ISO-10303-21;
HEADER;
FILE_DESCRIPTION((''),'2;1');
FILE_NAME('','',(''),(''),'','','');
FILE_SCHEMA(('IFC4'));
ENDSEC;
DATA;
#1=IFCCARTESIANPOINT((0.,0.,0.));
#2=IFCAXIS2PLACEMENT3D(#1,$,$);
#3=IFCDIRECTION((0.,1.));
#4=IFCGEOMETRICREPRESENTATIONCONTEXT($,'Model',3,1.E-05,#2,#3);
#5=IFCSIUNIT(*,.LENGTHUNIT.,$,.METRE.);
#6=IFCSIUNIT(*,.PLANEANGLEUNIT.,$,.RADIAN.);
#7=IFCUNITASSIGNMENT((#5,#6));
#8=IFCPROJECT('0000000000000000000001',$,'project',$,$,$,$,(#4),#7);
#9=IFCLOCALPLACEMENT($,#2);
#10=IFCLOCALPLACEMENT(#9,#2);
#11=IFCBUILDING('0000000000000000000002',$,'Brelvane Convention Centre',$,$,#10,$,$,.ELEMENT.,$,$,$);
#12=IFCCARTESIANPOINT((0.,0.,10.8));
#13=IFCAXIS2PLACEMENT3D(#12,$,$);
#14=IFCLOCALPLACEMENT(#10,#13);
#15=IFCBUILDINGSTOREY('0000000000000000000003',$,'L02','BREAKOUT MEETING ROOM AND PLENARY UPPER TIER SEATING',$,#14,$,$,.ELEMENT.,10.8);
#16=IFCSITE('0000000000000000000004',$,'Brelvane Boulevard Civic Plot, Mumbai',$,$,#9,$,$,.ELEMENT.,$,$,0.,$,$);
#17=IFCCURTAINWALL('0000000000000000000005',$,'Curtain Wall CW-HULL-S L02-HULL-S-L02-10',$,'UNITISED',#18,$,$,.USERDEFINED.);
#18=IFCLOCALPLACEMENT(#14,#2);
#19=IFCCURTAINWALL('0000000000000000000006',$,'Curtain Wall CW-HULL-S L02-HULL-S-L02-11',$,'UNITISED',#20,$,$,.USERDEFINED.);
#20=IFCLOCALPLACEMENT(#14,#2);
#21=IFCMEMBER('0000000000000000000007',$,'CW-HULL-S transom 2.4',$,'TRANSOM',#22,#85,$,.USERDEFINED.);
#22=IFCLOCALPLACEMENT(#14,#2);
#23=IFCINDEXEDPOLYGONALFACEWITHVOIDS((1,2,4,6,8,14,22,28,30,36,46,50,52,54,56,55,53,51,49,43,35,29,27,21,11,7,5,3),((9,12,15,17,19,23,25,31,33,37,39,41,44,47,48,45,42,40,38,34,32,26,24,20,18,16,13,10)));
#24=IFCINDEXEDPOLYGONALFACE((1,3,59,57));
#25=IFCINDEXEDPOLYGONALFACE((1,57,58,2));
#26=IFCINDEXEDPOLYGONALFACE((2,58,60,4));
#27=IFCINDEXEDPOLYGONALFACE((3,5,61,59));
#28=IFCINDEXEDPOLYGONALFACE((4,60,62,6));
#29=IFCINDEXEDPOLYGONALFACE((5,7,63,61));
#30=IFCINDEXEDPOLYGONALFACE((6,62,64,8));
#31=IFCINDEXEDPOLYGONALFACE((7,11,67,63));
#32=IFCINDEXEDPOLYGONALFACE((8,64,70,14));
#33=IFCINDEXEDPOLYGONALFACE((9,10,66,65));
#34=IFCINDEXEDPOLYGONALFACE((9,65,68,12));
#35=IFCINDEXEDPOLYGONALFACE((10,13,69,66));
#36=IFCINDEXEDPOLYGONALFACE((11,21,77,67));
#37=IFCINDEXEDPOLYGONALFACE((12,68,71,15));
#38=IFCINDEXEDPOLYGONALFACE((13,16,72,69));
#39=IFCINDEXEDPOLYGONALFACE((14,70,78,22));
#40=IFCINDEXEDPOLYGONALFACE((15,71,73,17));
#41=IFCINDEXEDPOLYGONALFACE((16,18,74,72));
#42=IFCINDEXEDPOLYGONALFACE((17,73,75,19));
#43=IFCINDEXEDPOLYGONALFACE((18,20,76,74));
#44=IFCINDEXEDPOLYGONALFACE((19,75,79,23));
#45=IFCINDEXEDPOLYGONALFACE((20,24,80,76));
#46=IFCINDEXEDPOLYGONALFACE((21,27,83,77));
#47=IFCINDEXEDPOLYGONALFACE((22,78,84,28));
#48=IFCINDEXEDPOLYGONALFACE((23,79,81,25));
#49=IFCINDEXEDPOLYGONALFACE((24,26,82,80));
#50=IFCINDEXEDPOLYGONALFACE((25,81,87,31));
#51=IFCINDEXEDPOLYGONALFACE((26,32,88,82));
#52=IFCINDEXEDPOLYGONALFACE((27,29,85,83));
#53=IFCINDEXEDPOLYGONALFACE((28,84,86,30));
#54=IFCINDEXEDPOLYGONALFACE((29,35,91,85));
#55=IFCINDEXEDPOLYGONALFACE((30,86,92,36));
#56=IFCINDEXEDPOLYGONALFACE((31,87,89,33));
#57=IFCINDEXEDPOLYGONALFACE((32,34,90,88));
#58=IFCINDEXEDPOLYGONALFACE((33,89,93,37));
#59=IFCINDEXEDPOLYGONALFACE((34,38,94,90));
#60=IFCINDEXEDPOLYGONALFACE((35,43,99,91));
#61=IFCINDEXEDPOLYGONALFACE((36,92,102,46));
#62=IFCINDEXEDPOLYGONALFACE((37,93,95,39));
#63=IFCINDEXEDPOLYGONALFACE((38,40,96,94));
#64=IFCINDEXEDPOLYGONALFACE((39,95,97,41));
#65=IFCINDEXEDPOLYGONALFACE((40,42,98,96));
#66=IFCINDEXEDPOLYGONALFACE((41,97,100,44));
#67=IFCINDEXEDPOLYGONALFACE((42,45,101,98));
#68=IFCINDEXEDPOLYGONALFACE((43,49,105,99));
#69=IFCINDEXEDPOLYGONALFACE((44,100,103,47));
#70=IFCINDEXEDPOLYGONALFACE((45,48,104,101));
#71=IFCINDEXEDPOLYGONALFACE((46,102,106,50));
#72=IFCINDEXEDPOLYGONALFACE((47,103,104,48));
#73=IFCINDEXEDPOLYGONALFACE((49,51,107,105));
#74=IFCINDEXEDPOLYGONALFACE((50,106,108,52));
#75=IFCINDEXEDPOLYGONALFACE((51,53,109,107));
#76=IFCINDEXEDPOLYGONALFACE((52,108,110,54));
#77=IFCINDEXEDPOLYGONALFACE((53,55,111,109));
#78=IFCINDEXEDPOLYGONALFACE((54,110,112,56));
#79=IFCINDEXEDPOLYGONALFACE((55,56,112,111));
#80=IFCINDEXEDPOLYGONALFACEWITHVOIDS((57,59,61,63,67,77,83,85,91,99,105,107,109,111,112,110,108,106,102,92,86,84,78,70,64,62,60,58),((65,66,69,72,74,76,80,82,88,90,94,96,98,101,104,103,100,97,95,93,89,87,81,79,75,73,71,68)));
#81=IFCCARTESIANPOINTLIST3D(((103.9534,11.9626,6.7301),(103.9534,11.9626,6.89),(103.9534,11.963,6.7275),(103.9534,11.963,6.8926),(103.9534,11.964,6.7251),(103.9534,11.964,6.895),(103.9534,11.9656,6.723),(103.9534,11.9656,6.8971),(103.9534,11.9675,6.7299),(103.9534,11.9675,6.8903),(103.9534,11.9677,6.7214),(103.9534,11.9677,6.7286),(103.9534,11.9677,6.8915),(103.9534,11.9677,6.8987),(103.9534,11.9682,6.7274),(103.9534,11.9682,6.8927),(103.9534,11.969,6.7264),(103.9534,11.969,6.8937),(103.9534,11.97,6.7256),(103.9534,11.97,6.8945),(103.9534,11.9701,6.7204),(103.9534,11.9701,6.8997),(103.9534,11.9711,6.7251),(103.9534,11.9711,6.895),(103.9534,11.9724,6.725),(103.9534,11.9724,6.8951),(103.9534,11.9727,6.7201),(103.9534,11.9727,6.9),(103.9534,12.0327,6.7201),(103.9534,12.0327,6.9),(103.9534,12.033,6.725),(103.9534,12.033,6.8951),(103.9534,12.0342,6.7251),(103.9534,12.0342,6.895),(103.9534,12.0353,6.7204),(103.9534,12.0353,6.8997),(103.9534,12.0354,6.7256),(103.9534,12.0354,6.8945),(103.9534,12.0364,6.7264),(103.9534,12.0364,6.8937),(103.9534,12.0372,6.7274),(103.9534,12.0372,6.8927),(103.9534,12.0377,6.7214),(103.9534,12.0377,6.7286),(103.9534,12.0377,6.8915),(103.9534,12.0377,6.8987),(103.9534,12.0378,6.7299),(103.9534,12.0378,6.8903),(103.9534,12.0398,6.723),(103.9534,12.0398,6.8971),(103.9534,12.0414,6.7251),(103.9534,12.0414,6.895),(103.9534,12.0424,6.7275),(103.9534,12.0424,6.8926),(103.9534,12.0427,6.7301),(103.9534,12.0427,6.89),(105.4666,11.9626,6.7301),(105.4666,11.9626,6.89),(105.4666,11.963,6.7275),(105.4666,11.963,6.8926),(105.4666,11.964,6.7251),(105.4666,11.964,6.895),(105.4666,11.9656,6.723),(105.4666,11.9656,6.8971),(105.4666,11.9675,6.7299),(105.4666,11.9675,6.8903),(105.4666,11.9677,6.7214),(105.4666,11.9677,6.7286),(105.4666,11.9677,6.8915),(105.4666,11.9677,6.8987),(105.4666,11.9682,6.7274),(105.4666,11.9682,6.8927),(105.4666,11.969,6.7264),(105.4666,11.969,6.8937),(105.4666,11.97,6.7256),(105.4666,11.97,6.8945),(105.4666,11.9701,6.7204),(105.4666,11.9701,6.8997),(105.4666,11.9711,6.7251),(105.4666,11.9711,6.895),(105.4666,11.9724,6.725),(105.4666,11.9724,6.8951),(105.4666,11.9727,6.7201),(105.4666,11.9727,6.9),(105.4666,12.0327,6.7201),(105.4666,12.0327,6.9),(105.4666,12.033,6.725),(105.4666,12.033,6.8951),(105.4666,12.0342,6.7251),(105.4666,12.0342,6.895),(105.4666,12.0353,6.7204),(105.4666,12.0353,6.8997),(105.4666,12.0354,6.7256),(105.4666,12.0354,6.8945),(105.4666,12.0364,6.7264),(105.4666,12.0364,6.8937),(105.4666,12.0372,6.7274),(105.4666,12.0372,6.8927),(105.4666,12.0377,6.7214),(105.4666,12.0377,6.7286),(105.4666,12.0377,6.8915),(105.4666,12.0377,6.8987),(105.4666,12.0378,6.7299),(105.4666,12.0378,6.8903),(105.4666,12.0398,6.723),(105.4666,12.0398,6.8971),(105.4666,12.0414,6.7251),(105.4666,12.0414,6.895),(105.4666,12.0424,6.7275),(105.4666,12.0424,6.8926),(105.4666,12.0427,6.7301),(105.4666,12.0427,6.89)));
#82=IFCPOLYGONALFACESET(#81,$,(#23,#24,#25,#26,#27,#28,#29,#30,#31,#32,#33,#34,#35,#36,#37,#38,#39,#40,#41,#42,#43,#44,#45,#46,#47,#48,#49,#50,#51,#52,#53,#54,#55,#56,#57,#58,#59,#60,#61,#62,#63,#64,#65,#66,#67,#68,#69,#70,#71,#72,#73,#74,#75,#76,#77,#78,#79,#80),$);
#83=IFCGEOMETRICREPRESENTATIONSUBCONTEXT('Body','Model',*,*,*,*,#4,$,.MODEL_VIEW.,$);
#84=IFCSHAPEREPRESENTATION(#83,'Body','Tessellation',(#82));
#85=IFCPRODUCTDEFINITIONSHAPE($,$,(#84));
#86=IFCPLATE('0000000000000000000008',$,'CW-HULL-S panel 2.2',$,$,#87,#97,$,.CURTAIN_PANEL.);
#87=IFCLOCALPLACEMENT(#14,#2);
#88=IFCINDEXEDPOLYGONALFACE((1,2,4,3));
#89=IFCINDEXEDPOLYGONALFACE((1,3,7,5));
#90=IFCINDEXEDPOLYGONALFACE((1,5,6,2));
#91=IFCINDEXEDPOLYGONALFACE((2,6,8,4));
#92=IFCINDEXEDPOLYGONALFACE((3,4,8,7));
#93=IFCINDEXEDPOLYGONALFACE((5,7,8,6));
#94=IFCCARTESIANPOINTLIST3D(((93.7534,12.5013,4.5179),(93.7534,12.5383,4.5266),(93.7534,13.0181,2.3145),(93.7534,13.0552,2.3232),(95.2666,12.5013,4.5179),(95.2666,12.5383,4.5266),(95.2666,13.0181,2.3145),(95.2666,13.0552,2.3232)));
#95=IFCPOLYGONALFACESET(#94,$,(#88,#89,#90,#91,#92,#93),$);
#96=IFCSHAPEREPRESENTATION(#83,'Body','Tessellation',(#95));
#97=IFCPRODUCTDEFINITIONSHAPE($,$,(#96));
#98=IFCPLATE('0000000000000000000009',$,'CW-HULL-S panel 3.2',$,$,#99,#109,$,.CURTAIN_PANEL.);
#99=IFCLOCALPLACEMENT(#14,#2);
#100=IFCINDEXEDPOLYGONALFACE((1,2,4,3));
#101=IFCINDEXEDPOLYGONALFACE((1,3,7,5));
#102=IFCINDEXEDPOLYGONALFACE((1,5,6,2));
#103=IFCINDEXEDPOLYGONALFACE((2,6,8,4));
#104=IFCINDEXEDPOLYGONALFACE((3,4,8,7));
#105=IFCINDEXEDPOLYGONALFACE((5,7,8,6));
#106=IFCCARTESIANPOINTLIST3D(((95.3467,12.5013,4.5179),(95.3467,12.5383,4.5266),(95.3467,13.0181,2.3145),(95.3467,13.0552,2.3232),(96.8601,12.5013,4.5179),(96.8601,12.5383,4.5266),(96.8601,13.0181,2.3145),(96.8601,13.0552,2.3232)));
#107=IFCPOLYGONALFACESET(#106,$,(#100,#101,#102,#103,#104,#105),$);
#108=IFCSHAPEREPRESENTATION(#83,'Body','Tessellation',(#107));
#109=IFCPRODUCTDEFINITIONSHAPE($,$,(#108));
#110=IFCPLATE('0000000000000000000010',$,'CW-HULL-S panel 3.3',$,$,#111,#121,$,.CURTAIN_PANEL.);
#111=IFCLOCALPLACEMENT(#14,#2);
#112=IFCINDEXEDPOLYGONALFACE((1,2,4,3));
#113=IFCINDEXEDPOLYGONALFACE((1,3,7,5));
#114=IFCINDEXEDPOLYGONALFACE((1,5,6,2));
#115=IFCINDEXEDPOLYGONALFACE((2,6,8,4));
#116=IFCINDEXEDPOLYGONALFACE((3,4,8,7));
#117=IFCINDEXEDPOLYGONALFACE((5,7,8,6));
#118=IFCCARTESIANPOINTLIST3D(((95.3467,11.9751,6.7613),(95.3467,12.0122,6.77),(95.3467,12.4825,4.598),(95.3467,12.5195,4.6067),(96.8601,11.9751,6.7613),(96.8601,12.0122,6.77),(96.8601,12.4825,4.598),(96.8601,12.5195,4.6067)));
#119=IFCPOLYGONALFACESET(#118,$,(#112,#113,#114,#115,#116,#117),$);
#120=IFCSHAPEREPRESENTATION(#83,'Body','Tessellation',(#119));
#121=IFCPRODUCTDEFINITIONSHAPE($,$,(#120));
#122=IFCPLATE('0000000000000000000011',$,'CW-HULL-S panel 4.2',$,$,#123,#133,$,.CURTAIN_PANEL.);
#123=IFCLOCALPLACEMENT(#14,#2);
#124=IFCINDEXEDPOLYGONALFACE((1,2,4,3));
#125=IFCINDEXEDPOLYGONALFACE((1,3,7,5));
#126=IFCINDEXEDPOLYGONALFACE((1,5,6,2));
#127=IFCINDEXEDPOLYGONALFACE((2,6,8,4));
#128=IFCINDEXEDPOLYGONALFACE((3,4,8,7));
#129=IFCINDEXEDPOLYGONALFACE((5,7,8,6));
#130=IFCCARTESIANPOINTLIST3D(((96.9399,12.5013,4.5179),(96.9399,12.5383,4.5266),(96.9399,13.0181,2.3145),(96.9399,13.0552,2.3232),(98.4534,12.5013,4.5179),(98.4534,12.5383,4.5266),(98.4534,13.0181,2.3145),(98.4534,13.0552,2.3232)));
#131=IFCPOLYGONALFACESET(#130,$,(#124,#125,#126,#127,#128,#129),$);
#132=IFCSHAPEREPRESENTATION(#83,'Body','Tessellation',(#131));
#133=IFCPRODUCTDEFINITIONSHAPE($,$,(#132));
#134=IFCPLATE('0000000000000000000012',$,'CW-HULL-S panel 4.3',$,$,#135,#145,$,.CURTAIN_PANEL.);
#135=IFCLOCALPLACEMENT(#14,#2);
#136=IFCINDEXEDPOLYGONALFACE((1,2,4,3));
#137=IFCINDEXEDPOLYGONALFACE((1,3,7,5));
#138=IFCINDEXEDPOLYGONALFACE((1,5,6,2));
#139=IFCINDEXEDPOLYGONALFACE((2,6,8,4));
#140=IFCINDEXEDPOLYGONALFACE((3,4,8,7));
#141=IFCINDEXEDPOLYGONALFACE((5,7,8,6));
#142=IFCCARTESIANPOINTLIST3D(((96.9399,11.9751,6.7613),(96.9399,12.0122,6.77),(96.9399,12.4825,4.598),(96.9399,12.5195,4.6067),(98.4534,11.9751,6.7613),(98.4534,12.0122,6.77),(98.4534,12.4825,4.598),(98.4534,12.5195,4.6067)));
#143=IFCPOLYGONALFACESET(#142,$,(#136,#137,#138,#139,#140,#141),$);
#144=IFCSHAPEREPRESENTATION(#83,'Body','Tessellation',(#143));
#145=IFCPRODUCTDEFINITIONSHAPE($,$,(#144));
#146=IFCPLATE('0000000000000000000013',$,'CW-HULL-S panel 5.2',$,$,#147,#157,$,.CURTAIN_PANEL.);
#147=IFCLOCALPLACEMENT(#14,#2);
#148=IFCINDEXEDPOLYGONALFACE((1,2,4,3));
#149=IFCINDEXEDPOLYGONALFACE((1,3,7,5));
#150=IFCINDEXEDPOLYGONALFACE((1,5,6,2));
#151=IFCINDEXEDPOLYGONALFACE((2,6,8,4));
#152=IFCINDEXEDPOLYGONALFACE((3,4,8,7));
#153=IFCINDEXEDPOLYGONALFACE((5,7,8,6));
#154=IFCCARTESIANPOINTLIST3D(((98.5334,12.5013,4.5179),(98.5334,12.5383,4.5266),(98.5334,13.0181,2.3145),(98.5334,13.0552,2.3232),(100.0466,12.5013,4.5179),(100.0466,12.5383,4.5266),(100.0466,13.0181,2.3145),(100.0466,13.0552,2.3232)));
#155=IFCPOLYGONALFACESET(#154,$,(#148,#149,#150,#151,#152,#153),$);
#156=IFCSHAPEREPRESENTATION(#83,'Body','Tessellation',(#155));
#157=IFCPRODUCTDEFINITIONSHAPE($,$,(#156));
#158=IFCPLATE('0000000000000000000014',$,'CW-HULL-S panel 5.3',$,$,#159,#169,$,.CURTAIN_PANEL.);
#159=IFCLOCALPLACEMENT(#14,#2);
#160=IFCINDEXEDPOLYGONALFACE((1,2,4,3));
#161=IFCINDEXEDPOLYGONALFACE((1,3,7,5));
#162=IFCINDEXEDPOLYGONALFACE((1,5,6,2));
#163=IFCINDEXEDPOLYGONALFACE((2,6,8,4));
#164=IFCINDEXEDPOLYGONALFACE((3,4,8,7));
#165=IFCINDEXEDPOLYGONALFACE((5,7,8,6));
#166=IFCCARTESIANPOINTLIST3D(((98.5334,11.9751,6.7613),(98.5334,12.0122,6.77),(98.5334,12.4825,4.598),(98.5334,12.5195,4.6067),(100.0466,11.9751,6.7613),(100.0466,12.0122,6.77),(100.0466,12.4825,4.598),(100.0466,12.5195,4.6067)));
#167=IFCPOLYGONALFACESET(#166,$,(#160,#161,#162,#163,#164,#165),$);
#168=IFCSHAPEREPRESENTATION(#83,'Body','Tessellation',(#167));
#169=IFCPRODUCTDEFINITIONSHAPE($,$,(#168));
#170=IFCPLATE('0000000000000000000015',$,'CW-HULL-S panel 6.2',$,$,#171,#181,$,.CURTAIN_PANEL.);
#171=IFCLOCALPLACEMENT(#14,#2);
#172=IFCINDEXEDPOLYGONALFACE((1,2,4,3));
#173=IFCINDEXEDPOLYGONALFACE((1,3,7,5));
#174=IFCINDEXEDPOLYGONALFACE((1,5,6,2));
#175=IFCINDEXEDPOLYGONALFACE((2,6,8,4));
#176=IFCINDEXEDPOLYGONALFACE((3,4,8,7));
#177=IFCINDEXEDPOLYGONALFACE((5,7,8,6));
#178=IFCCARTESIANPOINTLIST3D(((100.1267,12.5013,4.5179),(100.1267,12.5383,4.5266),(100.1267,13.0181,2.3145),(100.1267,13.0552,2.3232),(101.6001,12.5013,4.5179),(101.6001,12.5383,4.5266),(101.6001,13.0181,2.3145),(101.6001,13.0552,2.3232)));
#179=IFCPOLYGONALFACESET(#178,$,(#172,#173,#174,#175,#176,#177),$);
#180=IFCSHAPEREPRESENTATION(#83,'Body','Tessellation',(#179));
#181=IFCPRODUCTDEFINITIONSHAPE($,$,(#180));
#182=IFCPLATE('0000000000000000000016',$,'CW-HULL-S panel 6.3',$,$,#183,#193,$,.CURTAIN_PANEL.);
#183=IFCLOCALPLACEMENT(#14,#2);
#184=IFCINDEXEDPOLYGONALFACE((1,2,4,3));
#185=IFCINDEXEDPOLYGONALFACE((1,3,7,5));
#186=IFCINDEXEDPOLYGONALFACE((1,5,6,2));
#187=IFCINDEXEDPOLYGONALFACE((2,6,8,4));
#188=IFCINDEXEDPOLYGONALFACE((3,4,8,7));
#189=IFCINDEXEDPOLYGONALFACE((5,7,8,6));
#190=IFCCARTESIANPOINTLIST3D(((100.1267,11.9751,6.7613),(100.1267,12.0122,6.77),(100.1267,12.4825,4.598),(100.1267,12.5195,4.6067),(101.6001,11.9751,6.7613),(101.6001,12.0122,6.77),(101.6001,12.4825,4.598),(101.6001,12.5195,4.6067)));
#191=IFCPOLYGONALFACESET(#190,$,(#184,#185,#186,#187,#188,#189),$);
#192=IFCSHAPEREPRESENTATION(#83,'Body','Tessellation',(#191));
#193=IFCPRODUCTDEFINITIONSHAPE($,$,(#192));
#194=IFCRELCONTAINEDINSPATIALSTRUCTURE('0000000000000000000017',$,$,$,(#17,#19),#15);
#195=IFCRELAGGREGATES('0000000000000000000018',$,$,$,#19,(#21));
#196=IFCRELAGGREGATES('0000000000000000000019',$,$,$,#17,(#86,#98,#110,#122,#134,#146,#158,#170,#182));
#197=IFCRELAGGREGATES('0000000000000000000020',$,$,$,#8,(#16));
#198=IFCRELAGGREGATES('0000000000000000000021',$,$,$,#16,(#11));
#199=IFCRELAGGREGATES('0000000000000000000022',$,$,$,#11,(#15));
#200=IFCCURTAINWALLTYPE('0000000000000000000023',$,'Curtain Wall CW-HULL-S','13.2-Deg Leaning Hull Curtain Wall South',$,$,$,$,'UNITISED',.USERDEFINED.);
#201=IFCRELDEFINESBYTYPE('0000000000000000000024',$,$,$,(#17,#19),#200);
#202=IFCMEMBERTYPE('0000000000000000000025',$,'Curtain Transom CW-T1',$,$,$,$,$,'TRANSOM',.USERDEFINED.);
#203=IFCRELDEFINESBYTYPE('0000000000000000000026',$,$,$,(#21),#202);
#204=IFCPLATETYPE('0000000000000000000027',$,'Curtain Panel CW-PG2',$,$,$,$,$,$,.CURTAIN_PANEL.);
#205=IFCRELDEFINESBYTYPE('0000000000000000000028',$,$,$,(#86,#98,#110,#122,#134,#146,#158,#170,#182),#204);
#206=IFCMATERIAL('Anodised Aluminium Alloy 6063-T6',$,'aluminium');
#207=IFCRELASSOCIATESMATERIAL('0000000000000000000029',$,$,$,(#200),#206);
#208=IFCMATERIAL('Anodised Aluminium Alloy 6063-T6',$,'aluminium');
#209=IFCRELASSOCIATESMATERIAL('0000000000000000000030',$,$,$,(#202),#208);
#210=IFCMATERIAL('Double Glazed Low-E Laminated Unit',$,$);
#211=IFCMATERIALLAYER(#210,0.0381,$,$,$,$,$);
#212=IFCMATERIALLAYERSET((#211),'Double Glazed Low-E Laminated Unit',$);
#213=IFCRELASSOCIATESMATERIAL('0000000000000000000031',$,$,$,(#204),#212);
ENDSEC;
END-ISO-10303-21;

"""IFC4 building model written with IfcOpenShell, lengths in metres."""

from ifc_helpers import new_model, si_unit, direction, frame, origin, origin_2d, place, context, subcontext, project, spatial, polyline, hollow_rectangle, outline, extrude, material, layer, layer_set, material_profile, profile_set, type_object, element, aggregate, save


model = new_model("IFC4")

# Units and contexts
model_context = context("Model", 3, precision=1e-05, world=origin(), true_north=direction((0.0, 1.0)))
body_context = subcontext(model_context, "Body", "Model", "MODEL_VIEW")
ifc_project = project(units=[si_unit("LENGTHUNIT", "METRE"), si_unit("PLANEANGLEUNIT", "RADIAN")], contexts=[model_context])

# Site, building, storey
site_placement = place(None, origin())
site = spatial("IfcSite", under=ifc_project, at=site_placement, Name="Brelvane Boulevard Civic Plot, Mumbai", CompositionType="ELEMENT", RefElevation=0.0)
building_placement = place(site_placement, origin())
building = spatial("IfcBuilding", under=site, at=building_placement, Name="Brelvane Convention Centre", CompositionType="ELEMENT")
storey_placement = place(building_placement, frame((0.0, 0.0, 10.8)))
storey = spatial("IfcBuildingStorey", under=building, at=storey_placement, Name="L02", Description="BREAKOUT MEETING ROOM AND PLENARY UPPER TIER SEATING", CompositionType="ELEMENT", Elevation=10.8)

# Curtain walls, member
ifc_material_1 = material(Name="Anodised Aluminium Alloy 6063-T6", Category="aluminium")
curtain_wall_type = type_object("IfcCurtainWallType", Name="Curtain Wall CW-HULL-S", Description="13.2-Deg Leaning Hull Curtain Wall South", ElementType="UNITISED", PredefinedType="USERDEFINED", material=ifc_material_1)
curtain_wall_1_placement = place(storey_placement, origin())
curtain_wall_1 = element("IfcCurtainWall", 1, at=curtain_wall_1_placement, inside=storey, type_object=curtain_wall_type, Name="Curtain Wall CW-HULL-S L02-HULL-S-L02-10", ObjectType="UNITISED", PredefinedType="USERDEFINED")
ifc_material_2 = material(Name="Anodised Aluminium Alloy 6063-T6", Category="aluminium")
ifc_material_profile = material_profile(ifc_material_2, hollow_rectangle(XDim=0.0801, YDim=0.1799, WallThickness=0.0049, InnerFilletRadius=0.0049, OuterFilletRadius=0.01, at=origin_2d()), Name="ALU-T 180x80x5.0")
ifc_profile_set = profile_set([ifc_material_profile], Name="Anodised Aluminium Alloy 6063-T6")
member_type = type_object("IfcMemberType", Name="Curtain Transom CW-T1", ElementType="TRANSOM", PredefinedType="USERDEFINED", material=ifc_profile_set)
curtain_wall_2_placement = place(storey_placement, origin())
curtain_wall_2 = element("IfcCurtainWall", 2, at=curtain_wall_2_placement, inside=storey, type_object=curtain_wall_type, Name="Curtain Wall CW-HULL-S L02-HULL-S-L02-11", ObjectType="UNITISED", PredefinedType="USERDEFINED")
member_1_placement = place(storey_placement, frame((103.9534, 12.0027, 6.8101), z_axis=(1.0, 0.0, 0.0), x_axis=(0.0, 1.0, 0.0)))
member_1 = element("IfcMember", 3, at=member_1_placement, type_object=member_type, Name="CW-HULL-S transom 2.4", ObjectType="TRANSOM", PredefinedType="USERDEFINED", context=body_context, shape_type="SweptSolid", body=[
    extrude(hollow_rectangle(XDim=0.0801, YDim=0.1799, WallThickness=0.0049, InnerFilletRadius=0.0049, OuterFilletRadius=0.01, at=origin_2d()), origin(), (0.0, 0.0, 1.0), 1.5132),
])

# Plates
ifc_material_3 = material(Name="Double Glazed Low-E Laminated Unit")
ifc_layer_1 = layer(ifc_material_3, 0.0381)
ifc_layer_set_1 = layer_set([ifc_layer_1], Name="Double Glazed Low-E Laminated Unit")
plate_type_1 = type_object("IfcPlateType", Name="Curtain Panel CW-PG2", PredefinedType="CURTAIN_PANEL", material=ifc_layer_set_1)
plate_1_placement = place(storey_placement, frame((93.7534, 13.0552, 2.3232), z_axis=(0.0, 0.973574, 0.228372), x_axis=(1.0, 0.0, 0.0)))
plate_1 = element("IfcPlate", 4, at=plate_1_placement, type_object=plate_type_1, Name="CW-HULL-S panel 2.2", PredefinedType="CURTAIN_PANEL", context=body_context, shape_type="SweptSolid", body=[
    extrude(outline(polyline([(0.0, 0.0), (1.5132, 0.0), (1.5132, -2.2632), (0.0, -2.2632), (0.0, 0.0)])), origin(), (0.0, 0.0, -1.0), 0.0381),
])
plate_2_placement = place(storey_placement, frame((95.3467, 13.0552, 2.3232), z_axis=(0.0, 0.973574, 0.228372), x_axis=(1.0, 0.0, 0.0)))
plate_2 = element("IfcPlate", 5, at=plate_2_placement, type_object=plate_type_1, Name="CW-HULL-S panel 3.2", PredefinedType="CURTAIN_PANEL", context=body_context, shape_type="SweptSolid", body=[
    extrude(outline(polyline([(0.0, 0.0), (1.5134, 0.0), (1.5134, -2.2632), (0.0, -2.2632), (0.0, 0.0)])), origin(), (0.0, 0.0, -1.0), 0.0381),
])
plate_3_placement = place(storey_placement, frame((95.3467, 12.5195, 4.6067), z_axis=(0.0, 0.973587, 0.228317), x_axis=(1.0, 0.0, 0.0)))
plate_3 = element("IfcPlate", 6, at=plate_3_placement, type_object=plate_type_1, Name="CW-HULL-S panel 3.3", PredefinedType="CURTAIN_PANEL", context=body_context, shape_type="SweptSolid", body=[
    extrude(outline(polyline([(0.0, 0.0), (1.5134, 0.0), (1.5134, -2.222), (0.0, -2.222), (0.0, 0.0)])), origin(), (0.0, 0.0, -1.0), 0.0381),
])
plate_4_placement = place(storey_placement, frame((96.9399, 13.0552, 2.3232), z_axis=(0.0, 0.973574, 0.228372), x_axis=(1.0, 0.0, 0.0)))
plate_4 = element("IfcPlate", 7, at=plate_4_placement, type_object=plate_type_1, Name="CW-HULL-S panel 4.2", PredefinedType="CURTAIN_PANEL", context=body_context, shape_type="SweptSolid", body=[
    extrude(outline(polyline([(0.0, 0.0), (1.5134, 0.0), (1.5134, -2.2632), (0.0, -2.2632), (0.0, 0.0)])), origin(), (0.0, 0.0, -1.0), 0.0381),
])
plate_5_placement = place(storey_placement, frame((96.9399, 12.5195, 4.6067), z_axis=(0.0, 0.973587, 0.228317), x_axis=(1.0, 0.0, 0.0)))
plate_5 = element("IfcPlate", 8, at=plate_5_placement, type_object=plate_type_1, Name="CW-HULL-S panel 4.3", PredefinedType="CURTAIN_PANEL", context=body_context, shape_type="SweptSolid", body=[
    extrude(outline(polyline([(0.0, 0.0), (1.5134, 0.0), (1.5134, -2.222), (0.0, -2.222), (0.0, 0.0)])), origin(), (0.0, 0.0, -1.0), 0.0381),
])
plate_6_placement = place(storey_placement, frame((98.5334, 13.0552, 2.3232), z_axis=(0.0, 0.973574, 0.228372), x_axis=(1.0, 0.0, 0.0)))
plate_6 = element("IfcPlate", 9, at=plate_6_placement, type_object=plate_type_1, Name="CW-HULL-S panel 5.2", PredefinedType="CURTAIN_PANEL", context=body_context, shape_type="SweptSolid", body=[
    extrude(outline(polyline([(0.0, 0.0), (1.5132, 0.0), (1.5132, -2.2632), (0.0, -2.2632), (0.0, 0.0)])), origin(), (0.0, 0.0, -1.0), 0.0381),
])
plate_7_placement = place(storey_placement, frame((98.5334, 12.5195, 4.6067), z_axis=(0.0, 0.973587, 0.228317), x_axis=(1.0, 0.0, 0.0)))
plate_7 = element("IfcPlate", 10, at=plate_7_placement, type_object=plate_type_1, Name="CW-HULL-S panel 5.3", PredefinedType="CURTAIN_PANEL", context=body_context, shape_type="SweptSolid", body=[
    extrude(outline(polyline([(0.0, 0.0), (1.5132, 0.0), (1.5132, -2.222), (0.0, -2.222), (0.0, 0.0)])), origin(), (0.0, 0.0, -1.0), 0.0381),
])
plate_8_placement = place(storey_placement, frame((100.1267, 13.0552, 2.3232), z_axis=(0.0, 0.973574, 0.228372), x_axis=(1.0, 0.0, 0.0)))
plate_8 = element("IfcPlate", 11, at=plate_8_placement, type_object=plate_type_1, Name="CW-HULL-S panel 6.2", PredefinedType="CURTAIN_PANEL", context=body_context, shape_type="SweptSolid", body=[
    extrude(outline(polyline([(0.0, 0.0), (1.4734, 0.0), (1.4734, -2.2632), (0.0, -2.2632), (0.0, 0.0)])), origin(), (0.0, 0.0, -1.0), 0.0381),
])
plate_9_placement = place(storey_placement, frame((100.1267, 12.5195, 4.6067), z_axis=(0.0, 0.973587, 0.228317), x_axis=(1.0, 0.0, 0.0)))
plate_9 = element("IfcPlate", 12, at=plate_9_placement, type_object=plate_type_1, Name="CW-HULL-S panel 6.3", PredefinedType="CURTAIN_PANEL", context=body_context, shape_type="SweptSolid", body=[
    extrude(outline(polyline([(0.0, 0.0), (1.4734, 0.0), (1.4734, -2.222), (0.0, -2.222), (0.0, 0.0)])), origin(), (0.0, 0.0, -1.0), 0.0381),
])
aggregate(curtain_wall_2, [member_1])
aggregate(curtain_wall_1, [plate_1, plate_2, plate_3, plate_4, plate_5, plate_6, plate_7, plate_8, plate_9])

save(model, "model.ifc")
